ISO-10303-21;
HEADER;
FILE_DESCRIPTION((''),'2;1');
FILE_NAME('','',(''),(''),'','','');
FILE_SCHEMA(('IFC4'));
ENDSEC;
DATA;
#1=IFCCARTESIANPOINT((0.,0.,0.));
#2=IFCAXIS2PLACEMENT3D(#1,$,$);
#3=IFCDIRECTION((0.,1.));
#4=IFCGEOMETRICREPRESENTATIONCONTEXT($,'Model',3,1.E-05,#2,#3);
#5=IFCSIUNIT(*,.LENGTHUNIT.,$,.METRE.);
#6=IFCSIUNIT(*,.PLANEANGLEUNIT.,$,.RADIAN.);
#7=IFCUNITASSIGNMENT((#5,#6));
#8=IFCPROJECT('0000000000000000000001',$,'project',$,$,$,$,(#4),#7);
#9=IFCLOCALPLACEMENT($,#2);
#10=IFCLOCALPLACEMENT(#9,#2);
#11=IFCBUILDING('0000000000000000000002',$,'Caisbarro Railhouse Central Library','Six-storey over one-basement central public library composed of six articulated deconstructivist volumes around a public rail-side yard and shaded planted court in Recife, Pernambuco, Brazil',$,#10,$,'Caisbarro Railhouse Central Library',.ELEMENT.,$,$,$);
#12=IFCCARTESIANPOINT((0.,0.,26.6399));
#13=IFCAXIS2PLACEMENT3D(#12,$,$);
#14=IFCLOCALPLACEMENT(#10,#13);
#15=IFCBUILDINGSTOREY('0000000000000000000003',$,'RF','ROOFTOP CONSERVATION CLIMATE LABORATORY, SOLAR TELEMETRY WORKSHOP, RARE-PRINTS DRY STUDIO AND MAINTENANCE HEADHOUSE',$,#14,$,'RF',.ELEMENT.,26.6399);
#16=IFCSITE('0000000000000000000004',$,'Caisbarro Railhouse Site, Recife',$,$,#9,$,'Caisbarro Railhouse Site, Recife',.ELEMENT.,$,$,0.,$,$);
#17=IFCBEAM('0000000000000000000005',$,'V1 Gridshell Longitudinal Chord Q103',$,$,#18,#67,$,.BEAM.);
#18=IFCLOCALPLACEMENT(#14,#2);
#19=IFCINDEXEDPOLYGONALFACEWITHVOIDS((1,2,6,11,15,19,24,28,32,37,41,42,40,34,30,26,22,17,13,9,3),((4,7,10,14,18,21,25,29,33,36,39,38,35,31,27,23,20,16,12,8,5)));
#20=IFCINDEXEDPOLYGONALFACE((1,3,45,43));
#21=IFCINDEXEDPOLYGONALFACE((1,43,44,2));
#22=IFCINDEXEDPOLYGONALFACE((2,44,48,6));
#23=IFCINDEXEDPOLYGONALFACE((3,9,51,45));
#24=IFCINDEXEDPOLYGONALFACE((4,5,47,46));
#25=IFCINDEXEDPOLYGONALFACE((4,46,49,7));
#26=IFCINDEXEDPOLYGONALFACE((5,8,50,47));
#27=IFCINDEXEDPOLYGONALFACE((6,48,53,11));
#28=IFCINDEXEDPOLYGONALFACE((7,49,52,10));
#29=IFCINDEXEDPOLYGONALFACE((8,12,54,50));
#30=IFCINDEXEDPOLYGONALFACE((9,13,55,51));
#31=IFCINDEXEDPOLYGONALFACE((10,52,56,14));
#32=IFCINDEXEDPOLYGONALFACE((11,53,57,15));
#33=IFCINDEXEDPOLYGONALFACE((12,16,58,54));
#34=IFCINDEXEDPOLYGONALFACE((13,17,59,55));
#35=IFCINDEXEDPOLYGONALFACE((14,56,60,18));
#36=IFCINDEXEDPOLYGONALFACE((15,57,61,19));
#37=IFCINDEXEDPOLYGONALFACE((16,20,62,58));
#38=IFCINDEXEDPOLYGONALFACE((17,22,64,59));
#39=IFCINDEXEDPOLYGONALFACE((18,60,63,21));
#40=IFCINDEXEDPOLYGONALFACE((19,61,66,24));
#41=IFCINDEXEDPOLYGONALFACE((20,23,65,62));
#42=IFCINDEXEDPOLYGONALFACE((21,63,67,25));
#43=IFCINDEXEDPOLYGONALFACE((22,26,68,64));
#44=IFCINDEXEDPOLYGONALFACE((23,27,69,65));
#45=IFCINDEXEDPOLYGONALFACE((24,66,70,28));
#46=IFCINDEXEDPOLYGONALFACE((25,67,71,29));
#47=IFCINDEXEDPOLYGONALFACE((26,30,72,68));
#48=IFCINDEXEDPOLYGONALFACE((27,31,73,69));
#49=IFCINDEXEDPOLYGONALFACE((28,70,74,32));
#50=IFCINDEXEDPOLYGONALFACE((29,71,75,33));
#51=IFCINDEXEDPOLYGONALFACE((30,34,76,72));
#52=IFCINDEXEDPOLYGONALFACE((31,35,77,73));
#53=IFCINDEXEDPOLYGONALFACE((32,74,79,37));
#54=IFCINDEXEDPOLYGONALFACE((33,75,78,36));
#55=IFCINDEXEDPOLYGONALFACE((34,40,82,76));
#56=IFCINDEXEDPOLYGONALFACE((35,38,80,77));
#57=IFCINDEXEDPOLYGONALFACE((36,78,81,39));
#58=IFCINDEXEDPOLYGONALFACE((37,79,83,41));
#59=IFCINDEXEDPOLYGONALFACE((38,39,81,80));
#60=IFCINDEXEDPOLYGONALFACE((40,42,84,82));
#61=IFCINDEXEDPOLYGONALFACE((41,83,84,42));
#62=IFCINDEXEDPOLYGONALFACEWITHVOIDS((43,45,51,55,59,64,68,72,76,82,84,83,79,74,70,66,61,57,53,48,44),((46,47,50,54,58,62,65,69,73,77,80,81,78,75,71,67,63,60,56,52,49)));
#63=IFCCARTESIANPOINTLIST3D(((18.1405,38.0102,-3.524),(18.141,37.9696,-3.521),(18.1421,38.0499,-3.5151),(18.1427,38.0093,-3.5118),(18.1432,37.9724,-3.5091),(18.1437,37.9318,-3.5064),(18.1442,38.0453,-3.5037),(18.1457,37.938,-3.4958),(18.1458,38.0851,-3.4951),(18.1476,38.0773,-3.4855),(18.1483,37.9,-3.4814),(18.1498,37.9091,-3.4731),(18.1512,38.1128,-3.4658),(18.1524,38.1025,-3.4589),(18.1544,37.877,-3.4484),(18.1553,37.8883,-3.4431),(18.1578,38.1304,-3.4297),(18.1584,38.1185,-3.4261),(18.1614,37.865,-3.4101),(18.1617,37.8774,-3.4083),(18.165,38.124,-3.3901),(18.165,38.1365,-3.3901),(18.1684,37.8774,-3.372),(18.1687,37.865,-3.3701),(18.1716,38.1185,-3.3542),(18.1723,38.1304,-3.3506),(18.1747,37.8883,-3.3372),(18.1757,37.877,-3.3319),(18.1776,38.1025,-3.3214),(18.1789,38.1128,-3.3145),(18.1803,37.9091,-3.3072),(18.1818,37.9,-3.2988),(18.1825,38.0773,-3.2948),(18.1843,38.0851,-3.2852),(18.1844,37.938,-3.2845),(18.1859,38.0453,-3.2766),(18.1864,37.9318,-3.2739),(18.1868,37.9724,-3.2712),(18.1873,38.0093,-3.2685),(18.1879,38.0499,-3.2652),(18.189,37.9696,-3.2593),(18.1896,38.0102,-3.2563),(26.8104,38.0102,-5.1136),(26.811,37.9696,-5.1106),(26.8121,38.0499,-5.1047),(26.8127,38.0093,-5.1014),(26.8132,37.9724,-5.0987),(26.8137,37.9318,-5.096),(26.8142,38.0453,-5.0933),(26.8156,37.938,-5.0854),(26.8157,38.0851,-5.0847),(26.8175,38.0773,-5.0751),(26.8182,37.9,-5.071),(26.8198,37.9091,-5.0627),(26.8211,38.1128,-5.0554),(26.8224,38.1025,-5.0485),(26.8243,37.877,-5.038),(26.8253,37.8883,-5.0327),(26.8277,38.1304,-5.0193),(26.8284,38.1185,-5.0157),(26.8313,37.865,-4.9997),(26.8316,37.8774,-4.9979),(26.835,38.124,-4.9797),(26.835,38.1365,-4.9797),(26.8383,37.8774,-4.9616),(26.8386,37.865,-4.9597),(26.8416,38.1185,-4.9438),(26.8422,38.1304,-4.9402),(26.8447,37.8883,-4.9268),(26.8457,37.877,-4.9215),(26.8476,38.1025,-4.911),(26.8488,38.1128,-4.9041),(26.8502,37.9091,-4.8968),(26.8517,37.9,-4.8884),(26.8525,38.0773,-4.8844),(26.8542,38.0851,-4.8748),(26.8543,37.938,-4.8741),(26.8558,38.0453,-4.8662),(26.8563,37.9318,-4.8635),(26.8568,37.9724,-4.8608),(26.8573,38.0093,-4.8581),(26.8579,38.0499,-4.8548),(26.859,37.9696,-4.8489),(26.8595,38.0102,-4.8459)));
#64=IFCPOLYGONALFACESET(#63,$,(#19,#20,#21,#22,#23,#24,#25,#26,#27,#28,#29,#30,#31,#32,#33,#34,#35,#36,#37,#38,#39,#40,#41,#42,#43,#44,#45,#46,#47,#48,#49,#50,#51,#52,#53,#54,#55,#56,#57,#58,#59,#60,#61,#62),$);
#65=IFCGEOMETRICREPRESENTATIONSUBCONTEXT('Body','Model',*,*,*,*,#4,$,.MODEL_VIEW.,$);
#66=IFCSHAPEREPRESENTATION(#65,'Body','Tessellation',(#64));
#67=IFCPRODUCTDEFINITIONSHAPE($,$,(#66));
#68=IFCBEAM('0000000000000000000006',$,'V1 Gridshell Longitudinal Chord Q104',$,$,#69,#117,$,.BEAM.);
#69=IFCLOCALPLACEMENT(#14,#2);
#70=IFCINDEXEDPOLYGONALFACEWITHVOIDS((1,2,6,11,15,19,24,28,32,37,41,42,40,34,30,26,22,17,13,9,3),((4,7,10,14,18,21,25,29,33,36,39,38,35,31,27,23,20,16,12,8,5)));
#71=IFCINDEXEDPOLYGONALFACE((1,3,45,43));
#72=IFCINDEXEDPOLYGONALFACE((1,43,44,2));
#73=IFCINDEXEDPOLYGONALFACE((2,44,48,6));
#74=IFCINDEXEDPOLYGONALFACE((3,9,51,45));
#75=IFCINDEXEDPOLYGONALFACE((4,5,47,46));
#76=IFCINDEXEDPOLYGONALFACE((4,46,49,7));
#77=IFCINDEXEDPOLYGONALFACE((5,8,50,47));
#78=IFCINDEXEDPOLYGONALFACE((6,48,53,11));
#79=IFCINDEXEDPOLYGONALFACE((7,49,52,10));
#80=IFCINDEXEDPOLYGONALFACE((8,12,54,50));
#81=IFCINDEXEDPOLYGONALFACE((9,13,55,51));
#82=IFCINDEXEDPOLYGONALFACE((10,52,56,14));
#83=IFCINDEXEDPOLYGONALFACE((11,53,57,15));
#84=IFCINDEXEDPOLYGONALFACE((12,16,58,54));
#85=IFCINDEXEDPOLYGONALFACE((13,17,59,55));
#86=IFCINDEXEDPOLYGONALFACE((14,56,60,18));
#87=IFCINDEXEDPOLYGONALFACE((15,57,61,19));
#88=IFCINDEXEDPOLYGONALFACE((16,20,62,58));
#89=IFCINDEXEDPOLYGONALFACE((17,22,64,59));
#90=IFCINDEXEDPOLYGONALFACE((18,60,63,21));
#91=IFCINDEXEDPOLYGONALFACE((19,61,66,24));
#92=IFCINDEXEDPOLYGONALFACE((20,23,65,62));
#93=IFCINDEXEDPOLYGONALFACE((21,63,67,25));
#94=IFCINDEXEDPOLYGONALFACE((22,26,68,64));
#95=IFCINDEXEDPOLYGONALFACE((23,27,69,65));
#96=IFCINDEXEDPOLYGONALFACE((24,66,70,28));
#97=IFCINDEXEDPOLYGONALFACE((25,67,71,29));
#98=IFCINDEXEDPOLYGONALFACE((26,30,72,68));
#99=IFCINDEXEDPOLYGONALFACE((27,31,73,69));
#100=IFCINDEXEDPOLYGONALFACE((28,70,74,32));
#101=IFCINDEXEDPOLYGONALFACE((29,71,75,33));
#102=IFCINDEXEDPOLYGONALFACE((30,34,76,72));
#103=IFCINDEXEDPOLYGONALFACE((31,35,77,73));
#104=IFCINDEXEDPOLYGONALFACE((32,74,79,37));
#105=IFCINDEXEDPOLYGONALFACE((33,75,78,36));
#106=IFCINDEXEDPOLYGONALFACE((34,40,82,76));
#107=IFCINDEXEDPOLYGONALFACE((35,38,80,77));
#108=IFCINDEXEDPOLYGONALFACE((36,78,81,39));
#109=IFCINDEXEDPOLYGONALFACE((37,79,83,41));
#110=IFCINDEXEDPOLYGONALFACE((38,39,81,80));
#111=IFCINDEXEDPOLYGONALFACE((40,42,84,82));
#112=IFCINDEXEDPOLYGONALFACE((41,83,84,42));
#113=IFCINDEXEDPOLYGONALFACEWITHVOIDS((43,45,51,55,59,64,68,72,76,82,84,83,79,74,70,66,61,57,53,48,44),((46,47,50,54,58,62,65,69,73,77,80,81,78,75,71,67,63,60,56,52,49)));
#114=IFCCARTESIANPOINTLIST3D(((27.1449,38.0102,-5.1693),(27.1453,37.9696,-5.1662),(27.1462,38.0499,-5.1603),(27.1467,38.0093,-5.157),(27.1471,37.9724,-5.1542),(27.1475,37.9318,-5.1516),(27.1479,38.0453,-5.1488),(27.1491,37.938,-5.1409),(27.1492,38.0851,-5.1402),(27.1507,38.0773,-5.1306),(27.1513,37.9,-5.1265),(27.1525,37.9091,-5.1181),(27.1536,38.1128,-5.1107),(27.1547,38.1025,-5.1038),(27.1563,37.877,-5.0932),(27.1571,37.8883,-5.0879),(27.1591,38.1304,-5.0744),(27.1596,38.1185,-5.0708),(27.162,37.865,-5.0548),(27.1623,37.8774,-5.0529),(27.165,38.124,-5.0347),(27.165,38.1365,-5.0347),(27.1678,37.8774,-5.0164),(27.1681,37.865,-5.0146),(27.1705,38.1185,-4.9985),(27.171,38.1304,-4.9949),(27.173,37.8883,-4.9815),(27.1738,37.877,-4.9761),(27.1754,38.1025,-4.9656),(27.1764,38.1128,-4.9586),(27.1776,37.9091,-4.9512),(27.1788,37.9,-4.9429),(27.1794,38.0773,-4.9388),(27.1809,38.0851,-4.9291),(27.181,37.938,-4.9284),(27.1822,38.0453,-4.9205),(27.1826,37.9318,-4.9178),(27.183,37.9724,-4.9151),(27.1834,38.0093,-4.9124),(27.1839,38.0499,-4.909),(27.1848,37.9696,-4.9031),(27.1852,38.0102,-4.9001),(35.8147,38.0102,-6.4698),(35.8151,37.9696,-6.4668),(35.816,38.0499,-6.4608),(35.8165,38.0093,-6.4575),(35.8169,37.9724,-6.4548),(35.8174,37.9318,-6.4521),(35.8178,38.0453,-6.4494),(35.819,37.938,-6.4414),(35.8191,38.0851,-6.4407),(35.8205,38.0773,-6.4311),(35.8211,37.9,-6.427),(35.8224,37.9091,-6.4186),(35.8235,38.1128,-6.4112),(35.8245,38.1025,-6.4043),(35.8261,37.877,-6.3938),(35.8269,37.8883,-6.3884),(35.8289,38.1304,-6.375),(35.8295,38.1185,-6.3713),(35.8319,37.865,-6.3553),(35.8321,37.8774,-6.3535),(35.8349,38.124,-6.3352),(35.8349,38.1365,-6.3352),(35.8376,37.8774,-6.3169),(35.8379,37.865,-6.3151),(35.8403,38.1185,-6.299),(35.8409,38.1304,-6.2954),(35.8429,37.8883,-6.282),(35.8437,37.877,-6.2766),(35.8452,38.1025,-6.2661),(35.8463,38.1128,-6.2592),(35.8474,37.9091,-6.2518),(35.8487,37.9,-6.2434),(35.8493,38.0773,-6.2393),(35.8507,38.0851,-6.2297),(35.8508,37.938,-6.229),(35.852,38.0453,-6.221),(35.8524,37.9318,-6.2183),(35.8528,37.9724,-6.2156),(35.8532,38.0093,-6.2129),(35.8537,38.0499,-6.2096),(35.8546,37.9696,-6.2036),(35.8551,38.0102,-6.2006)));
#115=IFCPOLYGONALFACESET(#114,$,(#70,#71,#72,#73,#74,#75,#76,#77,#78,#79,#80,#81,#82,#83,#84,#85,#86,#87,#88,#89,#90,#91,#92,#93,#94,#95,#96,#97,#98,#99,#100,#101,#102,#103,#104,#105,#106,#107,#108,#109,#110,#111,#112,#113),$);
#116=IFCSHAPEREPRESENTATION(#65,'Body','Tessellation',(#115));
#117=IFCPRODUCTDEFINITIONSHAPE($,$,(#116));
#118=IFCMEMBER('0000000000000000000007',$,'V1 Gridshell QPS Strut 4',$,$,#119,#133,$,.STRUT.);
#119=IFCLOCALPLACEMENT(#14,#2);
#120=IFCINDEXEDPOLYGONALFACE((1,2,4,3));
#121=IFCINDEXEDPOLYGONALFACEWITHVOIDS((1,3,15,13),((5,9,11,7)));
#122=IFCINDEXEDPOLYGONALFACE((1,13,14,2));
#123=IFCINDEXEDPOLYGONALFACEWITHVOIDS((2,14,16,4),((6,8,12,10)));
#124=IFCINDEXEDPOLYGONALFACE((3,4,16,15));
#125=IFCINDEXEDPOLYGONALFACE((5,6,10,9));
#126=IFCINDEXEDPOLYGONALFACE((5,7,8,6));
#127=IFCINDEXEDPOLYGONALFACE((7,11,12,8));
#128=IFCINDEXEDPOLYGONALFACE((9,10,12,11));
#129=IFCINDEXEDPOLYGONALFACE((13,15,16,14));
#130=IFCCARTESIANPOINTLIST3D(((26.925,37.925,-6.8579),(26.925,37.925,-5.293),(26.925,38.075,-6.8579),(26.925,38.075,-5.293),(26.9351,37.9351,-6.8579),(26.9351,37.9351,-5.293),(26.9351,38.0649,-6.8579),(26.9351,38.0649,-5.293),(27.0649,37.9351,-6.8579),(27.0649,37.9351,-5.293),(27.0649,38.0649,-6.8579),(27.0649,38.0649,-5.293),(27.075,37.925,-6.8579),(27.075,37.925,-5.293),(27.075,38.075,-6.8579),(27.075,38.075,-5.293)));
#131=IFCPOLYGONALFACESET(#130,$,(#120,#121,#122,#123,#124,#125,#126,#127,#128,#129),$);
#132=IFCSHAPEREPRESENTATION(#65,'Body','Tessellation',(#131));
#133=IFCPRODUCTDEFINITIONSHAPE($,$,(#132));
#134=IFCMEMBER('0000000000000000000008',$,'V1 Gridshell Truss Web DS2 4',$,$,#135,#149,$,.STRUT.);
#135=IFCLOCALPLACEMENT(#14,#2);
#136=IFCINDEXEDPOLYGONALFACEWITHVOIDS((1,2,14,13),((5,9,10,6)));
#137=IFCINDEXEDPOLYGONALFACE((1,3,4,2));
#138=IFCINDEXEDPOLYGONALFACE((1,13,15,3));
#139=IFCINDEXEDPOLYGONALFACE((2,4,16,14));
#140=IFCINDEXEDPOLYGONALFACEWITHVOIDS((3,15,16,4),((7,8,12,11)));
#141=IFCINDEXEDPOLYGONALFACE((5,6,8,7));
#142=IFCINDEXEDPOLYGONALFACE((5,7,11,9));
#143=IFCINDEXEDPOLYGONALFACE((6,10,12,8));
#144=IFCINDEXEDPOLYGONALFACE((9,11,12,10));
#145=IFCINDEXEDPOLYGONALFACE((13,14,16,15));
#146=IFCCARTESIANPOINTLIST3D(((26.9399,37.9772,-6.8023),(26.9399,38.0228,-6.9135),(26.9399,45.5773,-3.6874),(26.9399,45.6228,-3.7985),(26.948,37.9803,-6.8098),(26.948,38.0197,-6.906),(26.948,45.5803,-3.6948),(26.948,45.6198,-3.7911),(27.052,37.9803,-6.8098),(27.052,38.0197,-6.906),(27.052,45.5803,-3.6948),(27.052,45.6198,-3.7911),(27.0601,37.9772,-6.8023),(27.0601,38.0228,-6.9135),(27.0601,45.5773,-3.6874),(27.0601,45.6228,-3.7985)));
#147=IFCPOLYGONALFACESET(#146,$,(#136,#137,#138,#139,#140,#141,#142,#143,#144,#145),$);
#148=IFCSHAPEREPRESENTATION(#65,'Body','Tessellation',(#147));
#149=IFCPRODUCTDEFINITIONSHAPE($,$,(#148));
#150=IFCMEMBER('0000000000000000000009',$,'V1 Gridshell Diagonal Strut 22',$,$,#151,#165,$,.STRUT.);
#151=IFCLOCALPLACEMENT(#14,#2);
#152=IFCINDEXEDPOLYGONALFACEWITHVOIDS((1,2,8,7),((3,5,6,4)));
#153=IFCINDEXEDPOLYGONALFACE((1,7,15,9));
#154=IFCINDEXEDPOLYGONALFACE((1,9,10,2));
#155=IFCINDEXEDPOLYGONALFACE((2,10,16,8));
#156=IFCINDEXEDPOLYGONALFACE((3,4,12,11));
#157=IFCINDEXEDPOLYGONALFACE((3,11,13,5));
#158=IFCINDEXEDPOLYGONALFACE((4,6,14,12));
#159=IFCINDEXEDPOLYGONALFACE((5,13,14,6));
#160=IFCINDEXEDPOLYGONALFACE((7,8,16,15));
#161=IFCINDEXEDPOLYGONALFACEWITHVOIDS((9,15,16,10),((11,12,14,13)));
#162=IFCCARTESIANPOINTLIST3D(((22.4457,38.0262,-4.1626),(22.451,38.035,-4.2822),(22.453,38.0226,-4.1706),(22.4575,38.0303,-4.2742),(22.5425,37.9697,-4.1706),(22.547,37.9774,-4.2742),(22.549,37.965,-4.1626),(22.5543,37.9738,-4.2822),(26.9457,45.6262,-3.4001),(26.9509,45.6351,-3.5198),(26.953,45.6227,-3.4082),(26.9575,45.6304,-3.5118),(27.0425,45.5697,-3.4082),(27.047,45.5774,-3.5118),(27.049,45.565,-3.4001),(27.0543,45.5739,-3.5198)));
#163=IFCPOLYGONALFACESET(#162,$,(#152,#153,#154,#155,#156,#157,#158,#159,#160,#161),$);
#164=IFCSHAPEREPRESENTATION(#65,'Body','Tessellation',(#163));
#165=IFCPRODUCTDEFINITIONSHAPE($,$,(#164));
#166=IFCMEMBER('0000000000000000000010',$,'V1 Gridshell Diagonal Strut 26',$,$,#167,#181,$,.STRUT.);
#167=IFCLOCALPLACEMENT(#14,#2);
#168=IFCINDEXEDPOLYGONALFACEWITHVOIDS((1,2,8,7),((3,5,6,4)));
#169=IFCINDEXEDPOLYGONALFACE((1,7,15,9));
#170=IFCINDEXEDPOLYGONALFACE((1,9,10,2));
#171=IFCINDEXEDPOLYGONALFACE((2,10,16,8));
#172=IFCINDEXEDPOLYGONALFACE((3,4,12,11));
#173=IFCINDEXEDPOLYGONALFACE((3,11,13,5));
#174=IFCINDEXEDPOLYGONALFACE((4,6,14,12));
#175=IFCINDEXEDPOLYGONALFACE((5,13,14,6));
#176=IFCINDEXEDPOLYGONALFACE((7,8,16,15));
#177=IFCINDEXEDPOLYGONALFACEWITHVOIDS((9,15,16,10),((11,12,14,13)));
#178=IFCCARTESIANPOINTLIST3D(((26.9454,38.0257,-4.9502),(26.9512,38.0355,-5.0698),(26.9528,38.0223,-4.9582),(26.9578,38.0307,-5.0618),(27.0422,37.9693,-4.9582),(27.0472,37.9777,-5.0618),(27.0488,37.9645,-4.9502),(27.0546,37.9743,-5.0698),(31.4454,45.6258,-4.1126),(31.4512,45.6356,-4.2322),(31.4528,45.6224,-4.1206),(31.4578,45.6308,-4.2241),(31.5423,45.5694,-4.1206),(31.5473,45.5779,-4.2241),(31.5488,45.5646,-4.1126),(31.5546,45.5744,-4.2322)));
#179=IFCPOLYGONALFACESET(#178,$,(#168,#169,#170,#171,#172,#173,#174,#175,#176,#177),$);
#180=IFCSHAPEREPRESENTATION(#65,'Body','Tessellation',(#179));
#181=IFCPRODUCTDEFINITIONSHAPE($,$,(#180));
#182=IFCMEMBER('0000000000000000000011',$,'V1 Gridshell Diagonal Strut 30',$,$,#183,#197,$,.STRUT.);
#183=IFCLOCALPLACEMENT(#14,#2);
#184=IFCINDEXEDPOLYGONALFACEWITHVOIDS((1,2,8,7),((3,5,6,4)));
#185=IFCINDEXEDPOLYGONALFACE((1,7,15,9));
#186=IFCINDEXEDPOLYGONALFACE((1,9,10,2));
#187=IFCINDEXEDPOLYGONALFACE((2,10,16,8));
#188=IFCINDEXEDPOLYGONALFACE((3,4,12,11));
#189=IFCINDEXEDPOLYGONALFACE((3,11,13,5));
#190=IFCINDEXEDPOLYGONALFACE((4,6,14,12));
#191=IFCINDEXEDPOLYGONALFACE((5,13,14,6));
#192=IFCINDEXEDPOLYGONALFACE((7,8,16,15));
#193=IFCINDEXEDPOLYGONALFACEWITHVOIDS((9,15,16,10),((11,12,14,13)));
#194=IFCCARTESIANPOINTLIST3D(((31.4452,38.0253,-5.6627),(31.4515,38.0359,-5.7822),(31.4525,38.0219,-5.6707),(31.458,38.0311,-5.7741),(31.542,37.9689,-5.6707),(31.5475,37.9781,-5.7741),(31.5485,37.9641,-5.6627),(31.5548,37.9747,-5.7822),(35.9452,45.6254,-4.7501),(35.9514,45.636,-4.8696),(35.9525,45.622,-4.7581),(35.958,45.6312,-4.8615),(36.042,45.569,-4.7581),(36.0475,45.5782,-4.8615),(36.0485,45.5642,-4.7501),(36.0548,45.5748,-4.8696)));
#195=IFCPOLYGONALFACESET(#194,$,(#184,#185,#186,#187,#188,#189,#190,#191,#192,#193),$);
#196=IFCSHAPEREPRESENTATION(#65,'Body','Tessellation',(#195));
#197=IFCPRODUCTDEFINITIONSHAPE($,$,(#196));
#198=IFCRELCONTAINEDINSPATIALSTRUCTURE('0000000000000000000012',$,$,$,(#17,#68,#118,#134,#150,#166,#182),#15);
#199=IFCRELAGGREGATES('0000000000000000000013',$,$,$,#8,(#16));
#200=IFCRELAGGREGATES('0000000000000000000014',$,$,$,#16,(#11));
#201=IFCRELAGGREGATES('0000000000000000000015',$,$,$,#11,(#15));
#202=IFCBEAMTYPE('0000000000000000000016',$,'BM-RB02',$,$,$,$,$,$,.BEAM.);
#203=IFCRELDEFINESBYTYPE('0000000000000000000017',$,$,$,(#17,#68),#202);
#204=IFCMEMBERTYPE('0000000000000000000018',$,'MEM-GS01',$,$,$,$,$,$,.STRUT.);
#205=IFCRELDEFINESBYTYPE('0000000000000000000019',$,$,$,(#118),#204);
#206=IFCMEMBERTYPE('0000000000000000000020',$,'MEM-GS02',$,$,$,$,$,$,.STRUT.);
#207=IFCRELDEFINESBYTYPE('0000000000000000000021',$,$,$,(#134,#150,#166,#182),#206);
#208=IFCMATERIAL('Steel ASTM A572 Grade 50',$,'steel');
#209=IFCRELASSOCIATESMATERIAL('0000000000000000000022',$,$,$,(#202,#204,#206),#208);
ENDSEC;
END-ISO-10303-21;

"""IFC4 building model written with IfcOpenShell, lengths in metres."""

from ifc_helpers import new_model, si_unit, direction, frame, origin, origin_2d, place, context, subcontext, project, spatial, hollow_rectangle, hollow_circle, extrude, material, material_profile, profile_set, type_object, element, save


model = new_model("IFC4")

# Units and contexts
model_context = context("Model", 3, precision=1e-05, world=origin(), true_north=direction((0.0, 1.0)))
body_context = subcontext(model_context, "Body", "Model", "MODEL_VIEW")
ifc_project = project(units=[si_unit("LENGTHUNIT", "METRE"), si_unit("PLANEANGLEUNIT", "RADIAN")], contexts=[model_context])

# Site, building, storey
site_placement = place(None, origin())
site = spatial("IfcSite", under=ifc_project, at=site_placement, Name="Caisbarro Railhouse Site, Recife", LongName="Caisbarro Railhouse Site, Recife", CompositionType="ELEMENT", RefElevation=0.0)
building_placement = place(site_placement, origin())
building = spatial("IfcBuilding", under=site, at=building_placement, Name="Caisbarro Railhouse Central Library", Description="Six-storey over one-basement central public library composed of six articulated deconstructivist volumes around a public rail-side yard and shaded planted court in Recife, Pernambuco, Brazil", LongName="Caisbarro Railhouse Central Library", CompositionType="ELEMENT")
storey_placement = place(building_placement, frame((0.0, 0.0, 26.6399)))
storey = spatial("IfcBuildingStorey", under=building, at=storey_placement, Name="RF", Description="ROOFTOP CONSERVATION CLIMATE LABORATORY, SOLAR TELEMETRY WORKSHOP, RARE-PRINTS DRY STUDIO AND MAINTENANCE HEADHOUSE", LongName="RF", CompositionType="ELEMENT", Elevation=26.6399)

# Beams
ifc_material = material(Name="Steel ASTM A572 Grade 50", Category="steel")
ifc_material_profile_1 = material_profile(ifc_material, hollow_circle(Radius=0.1365, WallThickness=0.0125, at=origin_2d()), Name="CHS273.0X12.5")
ifc_profile_set_1 = profile_set([ifc_material_profile_1], Name="Steel ASTM A572 Grade 50")
beam_type = type_object("IfcBeamType", Name="BM-RB02", PredefinedType="BEAM", material=ifc_profile_set_1)
beam_1_placement = place(storey_placement, frame((18.165, 38.0, -3.3901), z_axis=(0.983604, 0.0, -0.18034), x_axis=(0.0, 1.0, 0.0)))
element("IfcBeam", 1, at=beam_1_placement, inside=storey, type_object=beam_type, Name="V1 Gridshell Longitudinal Chord Q103", PredefinedType="BEAM", context=body_context, shape_type="SweptSolid", body=[
    extrude(hollow_circle(Radius=0.1365, WallThickness=0.0125, at=origin_2d()), origin(), (0.0, 0.0, 1.0), 8.8145),
])
beam_2_placement = place(storey_placement, frame((27.165, 38.0, -5.0347), z_axis=(0.988936, 0.0, -0.148346), x_axis=(0.0, 1.0, 0.0)))
element("IfcBeam", 2, at=beam_2_placement, inside=storey, type_object=beam_type, Name="V1 Gridshell Longitudinal Chord Q104", PredefinedType="BEAM", context=body_context, shape_type="SweptSolid", body=[
    extrude(hollow_circle(Radius=0.1365, WallThickness=0.0125, at=origin_2d()), origin(), (0.0, 0.0, 1.0), 8.7668),
])

# Members
ifc_material_profile_2 = material_profile(ifc_material, hollow_rectangle(XDim=0.1499, YDim=0.1499, WallThickness=0.01, at=origin_2d()), Name="HSS150X150X10")
ifc_profile_set_2 = profile_set([ifc_material_profile_2], Name="Steel ASTM A572 Grade 50")
member_type_1 = type_object("IfcMemberType", Name="MEM-GS01", PredefinedType="STRUT", material=ifc_profile_set_2)
member_1_placement = place(storey_placement, frame((27.0, 38.0, -6.8579), z_axis=(0.0, 0.0, 1.0), x_axis=(1.0, 0.0, 0.0)))
element("IfcMember", 3, at=member_1_placement, inside=storey, type_object=member_type_1, Name="V1 Gridshell QPS Strut 4", PredefinedType="STRUT", context=body_context, shape_type="SweptSolid", body=[
    extrude(hollow_rectangle(XDim=0.1499, YDim=0.1499, WallThickness=0.01, at=origin_2d()), origin(), (0.0, 0.0, 1.0), 1.5649),
])
ifc_material_profile_3 = material_profile(ifc_material, hollow_rectangle(XDim=0.1201, YDim=0.1201, WallThickness=0.0081, at=origin_2d()), Name="HSS120X120X8")
ifc_profile_set_3 = profile_set([ifc_material_profile_3], Name="Steel ASTM A572 Grade 50")
member_type_2 = type_object("IfcMemberType", Name="MEM-GS02", PredefinedType="STRUT", material=ifc_profile_set_3)
member_2_placement = place(storey_placement, frame((27.0, 38.0, -6.8579), z_axis=(0.0, 0.925297, 0.379244), x_axis=(-1.0, 0.0, 0.0)))
element("IfcMember", 4, at=member_2_placement, inside=storey, type_object=member_type_2, Name="V1 Gridshell Truss Web DS2 4", PredefinedType="STRUT", context=body_context, shape_type="SweptSolid", body=[
    extrude(hollow_rectangle(XDim=0.1201, YDim=0.1201, WallThickness=0.0081, at=origin_2d()), origin(), (0.0, 0.0, 1.0), 8.2136),
])
member_3_placement = place(storey_placement, frame((22.5, 38.0, -4.2224), z_axis=(0.507599, 0.85729, 0.086004), x_axis=(-0.860478, 0.509487, 0.0)))
element("IfcMember", 5, at=member_3_placement, inside=storey, type_object=member_type_2, Name="V1 Gridshell Diagonal Strut 22", PredefinedType="STRUT", context=body_context, shape_type="SweptSolid", body=[
    extrude(hollow_rectangle(XDim=0.1201, YDim=0.1201, WallThickness=0.0081, at=origin_2d()), origin(), (0.0, 0.0, 1.0), 8.8652),
])
member_4_placement = place(storey_placement, frame((27.0, 38.0, -5.01), z_axis=(0.507211, 0.856635, 0.094414), x_axis=(-0.860478, 0.509487, 0.0)))
element("IfcMember", 6, at=member_4_placement, inside=storey, type_object=member_type_2, Name="V1 Gridshell Diagonal Strut 26", PredefinedType="STRUT", context=body_context, shape_type="SweptSolid", body=[
    extrude(hollow_rectangle(XDim=0.1201, YDim=0.1201, WallThickness=0.0081, at=origin_2d()), origin(), (0.0, 0.0, 1.0), 8.8721),
])
member_5_placement = place(storey_placement, frame((31.5, 38.0, -5.7224), z_axis=(0.506789, 0.855922, 0.102777), x_axis=(-0.860478, 0.509487, 0.0)))
element("IfcMember", 7, at=member_5_placement, inside=storey, type_object=member_type_2, Name="V1 Gridshell Diagonal Strut 30", PredefinedType="STRUT", context=body_context, shape_type="SweptSolid", body=[
    extrude(hollow_rectangle(XDim=0.1201, YDim=0.1201, WallThickness=0.0081, at=origin_2d()), origin(), (0.0, 0.0, 1.0), 8.8794),
])

save(model, "model.ifc")
